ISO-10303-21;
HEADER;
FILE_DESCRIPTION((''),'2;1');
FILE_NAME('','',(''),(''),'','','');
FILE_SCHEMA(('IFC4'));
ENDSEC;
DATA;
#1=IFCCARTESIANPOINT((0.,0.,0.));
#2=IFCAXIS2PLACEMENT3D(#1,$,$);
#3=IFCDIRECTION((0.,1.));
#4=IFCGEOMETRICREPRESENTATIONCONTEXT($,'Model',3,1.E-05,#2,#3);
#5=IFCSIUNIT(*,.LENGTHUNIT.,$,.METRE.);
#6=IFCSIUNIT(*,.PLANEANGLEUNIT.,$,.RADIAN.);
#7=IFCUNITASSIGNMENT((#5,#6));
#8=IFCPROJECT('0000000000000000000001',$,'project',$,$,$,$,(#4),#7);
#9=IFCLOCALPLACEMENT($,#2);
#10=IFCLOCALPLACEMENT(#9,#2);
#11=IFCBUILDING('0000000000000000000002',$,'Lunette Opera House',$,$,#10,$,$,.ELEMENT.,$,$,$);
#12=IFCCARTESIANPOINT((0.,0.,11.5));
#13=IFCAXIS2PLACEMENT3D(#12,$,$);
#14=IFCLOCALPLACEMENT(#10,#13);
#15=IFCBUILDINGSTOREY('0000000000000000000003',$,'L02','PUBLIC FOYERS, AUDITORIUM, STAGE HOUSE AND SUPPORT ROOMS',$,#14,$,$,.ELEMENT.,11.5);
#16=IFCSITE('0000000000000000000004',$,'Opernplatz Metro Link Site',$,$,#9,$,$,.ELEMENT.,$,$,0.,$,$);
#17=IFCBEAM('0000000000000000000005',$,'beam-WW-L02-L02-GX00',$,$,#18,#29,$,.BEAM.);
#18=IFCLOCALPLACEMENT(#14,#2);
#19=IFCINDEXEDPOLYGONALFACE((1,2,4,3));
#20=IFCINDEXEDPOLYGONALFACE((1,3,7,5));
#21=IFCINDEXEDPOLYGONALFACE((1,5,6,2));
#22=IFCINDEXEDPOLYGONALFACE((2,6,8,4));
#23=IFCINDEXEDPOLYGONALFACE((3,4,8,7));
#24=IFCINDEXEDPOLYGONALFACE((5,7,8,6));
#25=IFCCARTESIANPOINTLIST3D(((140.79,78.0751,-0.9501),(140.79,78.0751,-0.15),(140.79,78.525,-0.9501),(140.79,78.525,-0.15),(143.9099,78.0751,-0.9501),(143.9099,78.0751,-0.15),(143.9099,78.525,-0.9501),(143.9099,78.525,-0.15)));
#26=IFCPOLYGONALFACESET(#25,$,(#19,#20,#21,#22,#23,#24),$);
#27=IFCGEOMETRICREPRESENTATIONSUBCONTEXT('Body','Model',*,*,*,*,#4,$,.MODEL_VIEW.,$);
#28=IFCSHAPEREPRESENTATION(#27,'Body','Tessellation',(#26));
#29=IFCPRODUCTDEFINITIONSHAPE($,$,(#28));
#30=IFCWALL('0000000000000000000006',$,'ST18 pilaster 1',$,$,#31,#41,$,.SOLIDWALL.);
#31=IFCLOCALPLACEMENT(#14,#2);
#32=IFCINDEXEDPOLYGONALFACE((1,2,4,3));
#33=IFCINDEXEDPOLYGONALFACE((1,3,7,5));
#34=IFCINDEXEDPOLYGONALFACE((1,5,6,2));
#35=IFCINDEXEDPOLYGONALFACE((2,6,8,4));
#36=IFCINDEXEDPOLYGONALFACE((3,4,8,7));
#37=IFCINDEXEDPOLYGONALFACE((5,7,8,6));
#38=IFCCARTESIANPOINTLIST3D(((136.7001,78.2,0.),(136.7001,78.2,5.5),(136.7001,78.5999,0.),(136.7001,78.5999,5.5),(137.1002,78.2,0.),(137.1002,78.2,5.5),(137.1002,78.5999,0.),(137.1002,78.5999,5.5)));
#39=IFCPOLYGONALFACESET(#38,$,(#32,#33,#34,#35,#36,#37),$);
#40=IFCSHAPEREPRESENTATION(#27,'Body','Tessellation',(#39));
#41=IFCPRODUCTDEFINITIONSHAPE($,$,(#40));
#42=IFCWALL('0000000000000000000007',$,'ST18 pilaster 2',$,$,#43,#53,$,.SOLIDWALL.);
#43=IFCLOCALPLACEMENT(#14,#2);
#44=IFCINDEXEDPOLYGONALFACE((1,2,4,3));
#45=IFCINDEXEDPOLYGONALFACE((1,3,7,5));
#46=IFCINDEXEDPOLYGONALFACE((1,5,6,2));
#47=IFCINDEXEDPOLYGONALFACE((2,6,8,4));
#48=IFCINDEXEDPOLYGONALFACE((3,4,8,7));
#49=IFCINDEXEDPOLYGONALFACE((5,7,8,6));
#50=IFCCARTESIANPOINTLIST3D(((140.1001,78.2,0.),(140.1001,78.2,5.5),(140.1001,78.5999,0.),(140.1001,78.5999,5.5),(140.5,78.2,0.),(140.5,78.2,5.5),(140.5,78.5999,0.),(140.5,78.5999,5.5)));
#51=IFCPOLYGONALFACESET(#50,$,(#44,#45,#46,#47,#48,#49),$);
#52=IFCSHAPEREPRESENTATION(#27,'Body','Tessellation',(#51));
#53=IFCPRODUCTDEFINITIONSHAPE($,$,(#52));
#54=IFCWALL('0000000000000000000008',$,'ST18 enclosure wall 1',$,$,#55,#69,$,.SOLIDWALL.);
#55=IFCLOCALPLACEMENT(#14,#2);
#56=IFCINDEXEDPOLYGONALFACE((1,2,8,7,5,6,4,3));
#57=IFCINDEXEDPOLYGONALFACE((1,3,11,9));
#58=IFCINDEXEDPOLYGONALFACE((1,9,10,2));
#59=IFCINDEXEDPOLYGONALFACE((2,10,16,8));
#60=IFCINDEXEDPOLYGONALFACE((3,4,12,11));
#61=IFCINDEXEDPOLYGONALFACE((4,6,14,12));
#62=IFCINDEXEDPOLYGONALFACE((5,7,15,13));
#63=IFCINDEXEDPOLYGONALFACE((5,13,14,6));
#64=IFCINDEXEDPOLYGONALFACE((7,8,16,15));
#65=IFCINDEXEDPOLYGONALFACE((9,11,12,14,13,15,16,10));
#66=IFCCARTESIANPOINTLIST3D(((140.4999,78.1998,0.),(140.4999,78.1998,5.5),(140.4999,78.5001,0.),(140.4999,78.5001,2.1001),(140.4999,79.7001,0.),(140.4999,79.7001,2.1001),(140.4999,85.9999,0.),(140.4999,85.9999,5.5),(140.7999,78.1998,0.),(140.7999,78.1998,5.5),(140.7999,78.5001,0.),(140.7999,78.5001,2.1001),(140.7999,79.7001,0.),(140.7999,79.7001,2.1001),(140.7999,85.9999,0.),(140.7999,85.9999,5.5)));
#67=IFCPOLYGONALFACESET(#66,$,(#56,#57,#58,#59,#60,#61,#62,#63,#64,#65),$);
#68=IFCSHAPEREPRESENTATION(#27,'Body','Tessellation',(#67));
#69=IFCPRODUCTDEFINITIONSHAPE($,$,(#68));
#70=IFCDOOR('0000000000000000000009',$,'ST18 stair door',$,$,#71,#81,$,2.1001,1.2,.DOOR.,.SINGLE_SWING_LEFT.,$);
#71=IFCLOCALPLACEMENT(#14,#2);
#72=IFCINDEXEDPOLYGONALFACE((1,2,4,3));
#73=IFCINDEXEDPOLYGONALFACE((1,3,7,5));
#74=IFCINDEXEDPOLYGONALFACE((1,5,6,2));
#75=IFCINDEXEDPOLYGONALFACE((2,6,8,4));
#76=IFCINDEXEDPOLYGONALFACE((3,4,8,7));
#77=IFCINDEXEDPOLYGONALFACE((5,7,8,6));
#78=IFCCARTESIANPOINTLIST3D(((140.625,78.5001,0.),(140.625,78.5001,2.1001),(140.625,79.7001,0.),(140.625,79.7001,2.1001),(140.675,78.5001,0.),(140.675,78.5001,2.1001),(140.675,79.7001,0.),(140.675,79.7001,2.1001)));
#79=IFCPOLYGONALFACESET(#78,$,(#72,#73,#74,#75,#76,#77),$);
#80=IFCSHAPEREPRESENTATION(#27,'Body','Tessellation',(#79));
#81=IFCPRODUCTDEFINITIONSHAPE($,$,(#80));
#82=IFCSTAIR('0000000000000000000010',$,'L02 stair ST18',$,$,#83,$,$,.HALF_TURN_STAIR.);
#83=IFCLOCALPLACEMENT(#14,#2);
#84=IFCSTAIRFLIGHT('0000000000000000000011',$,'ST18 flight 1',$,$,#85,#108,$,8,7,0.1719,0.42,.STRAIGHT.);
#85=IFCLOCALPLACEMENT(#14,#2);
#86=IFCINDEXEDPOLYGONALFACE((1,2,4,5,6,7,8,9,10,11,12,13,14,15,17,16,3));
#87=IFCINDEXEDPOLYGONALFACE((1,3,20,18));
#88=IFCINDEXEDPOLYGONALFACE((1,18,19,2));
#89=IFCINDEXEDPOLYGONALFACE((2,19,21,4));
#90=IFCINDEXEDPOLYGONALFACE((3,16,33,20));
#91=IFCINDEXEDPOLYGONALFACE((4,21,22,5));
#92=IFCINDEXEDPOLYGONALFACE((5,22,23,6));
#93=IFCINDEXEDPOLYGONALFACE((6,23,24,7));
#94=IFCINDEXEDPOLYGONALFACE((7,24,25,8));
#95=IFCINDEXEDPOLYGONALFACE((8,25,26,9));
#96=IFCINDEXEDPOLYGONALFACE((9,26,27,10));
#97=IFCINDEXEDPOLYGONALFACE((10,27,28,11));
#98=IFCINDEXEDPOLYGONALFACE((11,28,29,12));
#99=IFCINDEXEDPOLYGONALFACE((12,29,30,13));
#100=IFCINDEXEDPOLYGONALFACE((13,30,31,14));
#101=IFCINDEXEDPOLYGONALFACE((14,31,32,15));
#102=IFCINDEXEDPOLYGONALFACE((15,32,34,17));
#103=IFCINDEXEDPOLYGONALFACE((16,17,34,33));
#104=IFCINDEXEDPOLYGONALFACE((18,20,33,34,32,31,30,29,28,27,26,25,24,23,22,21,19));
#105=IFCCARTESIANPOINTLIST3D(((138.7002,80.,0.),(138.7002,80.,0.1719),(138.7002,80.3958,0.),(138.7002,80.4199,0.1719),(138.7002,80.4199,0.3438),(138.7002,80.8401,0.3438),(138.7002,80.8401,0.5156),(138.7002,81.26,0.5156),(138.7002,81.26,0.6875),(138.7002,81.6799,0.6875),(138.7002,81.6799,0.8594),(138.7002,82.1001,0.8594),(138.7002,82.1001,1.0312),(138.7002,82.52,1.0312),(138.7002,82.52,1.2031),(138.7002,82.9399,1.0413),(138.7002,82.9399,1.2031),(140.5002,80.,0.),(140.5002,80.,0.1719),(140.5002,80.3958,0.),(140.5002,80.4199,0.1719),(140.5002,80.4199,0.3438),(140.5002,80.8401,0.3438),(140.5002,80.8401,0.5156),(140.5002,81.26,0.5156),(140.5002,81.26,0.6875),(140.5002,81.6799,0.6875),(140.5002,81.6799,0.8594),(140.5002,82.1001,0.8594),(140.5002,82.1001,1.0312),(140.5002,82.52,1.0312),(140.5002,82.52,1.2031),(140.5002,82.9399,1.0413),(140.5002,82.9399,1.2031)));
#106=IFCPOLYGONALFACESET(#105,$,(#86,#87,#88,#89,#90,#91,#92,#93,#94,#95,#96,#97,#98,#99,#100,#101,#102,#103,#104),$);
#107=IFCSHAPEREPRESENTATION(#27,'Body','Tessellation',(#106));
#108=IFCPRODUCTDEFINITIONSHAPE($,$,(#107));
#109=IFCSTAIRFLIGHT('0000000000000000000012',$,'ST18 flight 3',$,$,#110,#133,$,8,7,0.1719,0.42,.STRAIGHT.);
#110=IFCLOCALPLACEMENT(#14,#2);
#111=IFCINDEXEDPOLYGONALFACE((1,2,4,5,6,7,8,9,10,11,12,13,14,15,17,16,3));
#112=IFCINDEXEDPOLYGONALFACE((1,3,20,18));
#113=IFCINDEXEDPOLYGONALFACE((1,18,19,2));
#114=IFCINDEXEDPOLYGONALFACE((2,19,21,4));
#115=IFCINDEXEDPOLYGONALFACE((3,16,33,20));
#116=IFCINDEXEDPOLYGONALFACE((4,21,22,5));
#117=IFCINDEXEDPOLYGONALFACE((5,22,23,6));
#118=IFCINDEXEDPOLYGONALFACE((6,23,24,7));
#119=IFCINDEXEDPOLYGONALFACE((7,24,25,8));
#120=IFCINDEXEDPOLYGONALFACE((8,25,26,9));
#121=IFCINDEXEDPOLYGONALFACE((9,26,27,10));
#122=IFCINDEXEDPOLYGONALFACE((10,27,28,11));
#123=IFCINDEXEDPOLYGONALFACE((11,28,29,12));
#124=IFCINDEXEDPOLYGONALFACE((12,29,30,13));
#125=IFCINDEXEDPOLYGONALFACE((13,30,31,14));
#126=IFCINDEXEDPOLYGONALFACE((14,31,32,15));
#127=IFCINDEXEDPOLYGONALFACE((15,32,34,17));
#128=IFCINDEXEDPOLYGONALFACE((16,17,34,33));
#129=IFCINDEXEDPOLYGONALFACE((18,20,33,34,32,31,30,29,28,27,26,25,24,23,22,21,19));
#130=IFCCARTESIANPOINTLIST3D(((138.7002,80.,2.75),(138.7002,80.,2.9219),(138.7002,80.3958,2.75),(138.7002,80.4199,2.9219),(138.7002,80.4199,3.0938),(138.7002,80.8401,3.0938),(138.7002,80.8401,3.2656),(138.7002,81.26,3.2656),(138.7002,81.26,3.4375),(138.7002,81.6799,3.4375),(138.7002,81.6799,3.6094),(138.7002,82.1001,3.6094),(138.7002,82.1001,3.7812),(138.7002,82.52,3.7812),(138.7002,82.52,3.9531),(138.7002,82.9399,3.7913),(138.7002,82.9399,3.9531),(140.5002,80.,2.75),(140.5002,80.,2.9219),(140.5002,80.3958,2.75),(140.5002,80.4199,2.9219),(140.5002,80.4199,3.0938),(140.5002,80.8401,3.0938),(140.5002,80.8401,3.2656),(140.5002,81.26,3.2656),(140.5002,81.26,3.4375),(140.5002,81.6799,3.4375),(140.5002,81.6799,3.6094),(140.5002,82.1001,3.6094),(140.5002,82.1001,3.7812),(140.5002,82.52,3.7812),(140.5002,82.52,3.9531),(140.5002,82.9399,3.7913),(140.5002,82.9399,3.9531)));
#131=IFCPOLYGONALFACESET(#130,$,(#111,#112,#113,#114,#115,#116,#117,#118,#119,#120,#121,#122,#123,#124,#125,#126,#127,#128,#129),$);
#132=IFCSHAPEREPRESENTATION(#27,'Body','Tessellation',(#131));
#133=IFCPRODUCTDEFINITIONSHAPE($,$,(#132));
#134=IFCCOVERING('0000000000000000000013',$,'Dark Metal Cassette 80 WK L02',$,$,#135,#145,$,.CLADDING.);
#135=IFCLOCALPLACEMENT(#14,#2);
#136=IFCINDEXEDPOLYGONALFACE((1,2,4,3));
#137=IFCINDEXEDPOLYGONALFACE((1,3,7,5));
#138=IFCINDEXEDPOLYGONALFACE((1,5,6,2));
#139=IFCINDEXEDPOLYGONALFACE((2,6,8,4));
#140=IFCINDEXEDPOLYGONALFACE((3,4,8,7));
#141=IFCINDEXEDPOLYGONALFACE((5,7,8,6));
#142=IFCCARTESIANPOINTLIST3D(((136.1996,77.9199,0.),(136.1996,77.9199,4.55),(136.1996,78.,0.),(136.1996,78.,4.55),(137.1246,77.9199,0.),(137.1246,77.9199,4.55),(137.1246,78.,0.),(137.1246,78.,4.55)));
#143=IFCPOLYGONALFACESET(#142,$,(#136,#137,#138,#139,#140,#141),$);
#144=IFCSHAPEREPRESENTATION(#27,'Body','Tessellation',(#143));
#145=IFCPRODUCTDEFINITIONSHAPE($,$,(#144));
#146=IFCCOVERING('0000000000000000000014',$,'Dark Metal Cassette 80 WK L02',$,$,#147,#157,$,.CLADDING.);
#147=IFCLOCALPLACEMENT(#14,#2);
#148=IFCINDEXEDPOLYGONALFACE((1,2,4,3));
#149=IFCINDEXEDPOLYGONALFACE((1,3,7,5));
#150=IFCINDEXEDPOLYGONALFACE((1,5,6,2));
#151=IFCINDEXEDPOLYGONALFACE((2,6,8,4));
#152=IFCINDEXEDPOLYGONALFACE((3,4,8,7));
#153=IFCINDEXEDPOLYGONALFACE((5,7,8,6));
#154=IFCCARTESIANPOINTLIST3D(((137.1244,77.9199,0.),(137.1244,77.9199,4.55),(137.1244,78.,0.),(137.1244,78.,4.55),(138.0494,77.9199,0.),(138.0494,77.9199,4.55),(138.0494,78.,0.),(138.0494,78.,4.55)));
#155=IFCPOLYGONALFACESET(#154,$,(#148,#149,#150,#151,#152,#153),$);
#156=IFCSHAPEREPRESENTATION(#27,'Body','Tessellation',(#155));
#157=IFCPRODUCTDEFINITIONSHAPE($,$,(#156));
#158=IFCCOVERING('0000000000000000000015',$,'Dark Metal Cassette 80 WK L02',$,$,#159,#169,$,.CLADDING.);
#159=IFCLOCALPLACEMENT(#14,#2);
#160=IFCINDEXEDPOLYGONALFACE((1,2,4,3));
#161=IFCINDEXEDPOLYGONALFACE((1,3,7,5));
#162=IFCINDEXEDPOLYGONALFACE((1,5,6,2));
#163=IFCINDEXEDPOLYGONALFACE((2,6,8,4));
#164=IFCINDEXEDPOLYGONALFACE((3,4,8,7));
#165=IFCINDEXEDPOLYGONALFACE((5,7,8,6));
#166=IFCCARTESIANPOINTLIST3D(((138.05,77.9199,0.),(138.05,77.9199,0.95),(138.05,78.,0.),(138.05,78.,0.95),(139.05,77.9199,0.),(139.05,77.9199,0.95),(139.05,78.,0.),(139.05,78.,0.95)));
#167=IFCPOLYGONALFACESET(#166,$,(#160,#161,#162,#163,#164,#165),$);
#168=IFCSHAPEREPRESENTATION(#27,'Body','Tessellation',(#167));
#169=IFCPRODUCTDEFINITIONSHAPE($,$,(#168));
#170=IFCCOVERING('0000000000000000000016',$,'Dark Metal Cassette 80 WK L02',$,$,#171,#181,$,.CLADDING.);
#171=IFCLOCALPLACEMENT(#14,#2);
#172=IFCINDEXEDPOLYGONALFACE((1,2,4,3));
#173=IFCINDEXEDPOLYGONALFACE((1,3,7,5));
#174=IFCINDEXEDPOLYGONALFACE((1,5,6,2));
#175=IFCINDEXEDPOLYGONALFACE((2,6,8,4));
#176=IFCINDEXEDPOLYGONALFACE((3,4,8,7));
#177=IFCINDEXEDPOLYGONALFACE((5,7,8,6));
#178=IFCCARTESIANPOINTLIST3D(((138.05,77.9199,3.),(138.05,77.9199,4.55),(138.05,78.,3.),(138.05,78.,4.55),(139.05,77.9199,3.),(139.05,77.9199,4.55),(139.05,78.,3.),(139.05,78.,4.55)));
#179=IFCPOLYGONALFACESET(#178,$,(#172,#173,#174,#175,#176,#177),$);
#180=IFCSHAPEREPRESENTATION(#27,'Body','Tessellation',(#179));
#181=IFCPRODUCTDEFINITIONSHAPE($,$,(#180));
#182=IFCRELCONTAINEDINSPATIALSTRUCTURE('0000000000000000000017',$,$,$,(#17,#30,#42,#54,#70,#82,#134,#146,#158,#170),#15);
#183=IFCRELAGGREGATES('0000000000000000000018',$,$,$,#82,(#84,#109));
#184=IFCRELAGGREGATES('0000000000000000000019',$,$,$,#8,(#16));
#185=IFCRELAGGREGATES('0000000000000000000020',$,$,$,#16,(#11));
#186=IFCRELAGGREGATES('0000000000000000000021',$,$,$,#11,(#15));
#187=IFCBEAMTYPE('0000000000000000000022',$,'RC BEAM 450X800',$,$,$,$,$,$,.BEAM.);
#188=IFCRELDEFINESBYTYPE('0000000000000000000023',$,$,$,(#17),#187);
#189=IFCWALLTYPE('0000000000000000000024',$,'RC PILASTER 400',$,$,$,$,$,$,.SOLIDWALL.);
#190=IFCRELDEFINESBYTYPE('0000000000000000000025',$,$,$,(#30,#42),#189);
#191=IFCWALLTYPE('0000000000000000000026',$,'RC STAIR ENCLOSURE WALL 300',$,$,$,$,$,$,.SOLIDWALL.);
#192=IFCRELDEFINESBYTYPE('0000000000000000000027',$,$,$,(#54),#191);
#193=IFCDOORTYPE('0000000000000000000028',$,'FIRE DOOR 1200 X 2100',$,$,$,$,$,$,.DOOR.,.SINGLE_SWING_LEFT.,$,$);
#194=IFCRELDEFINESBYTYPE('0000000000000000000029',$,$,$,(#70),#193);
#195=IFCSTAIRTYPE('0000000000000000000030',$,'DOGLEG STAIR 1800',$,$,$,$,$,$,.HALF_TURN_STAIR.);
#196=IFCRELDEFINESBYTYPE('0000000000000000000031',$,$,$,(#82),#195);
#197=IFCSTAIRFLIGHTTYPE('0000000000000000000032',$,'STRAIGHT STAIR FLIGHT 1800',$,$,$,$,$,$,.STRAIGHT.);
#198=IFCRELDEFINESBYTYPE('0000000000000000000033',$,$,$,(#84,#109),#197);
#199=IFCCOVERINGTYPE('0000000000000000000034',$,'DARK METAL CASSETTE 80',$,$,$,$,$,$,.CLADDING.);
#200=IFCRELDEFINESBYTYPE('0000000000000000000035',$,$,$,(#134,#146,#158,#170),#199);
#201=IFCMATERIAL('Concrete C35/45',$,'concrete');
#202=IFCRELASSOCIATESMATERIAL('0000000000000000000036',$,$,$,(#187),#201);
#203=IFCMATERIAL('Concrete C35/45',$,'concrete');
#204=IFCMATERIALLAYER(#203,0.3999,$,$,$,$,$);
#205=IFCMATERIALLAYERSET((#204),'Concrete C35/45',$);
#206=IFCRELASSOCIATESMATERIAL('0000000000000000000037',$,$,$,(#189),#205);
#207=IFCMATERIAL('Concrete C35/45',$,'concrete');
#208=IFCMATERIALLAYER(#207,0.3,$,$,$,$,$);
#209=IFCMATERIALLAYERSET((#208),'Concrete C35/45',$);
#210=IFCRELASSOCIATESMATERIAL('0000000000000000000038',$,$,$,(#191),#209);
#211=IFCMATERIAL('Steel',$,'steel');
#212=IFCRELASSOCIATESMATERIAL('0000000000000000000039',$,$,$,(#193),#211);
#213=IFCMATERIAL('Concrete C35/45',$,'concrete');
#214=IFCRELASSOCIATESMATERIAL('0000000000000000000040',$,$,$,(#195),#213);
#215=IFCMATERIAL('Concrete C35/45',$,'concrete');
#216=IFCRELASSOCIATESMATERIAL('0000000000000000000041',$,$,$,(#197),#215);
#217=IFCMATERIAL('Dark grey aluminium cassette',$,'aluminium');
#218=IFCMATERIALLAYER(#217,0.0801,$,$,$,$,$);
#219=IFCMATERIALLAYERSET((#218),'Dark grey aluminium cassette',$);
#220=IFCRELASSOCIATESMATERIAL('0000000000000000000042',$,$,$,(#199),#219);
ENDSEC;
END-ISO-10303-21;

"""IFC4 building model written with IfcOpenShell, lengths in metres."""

from ifc_helpers import new_model, si_unit, direction, frame, frame_2d, origin, origin_2d, place, context, subcontext, project, spatial, polyline, rectangle, outline, extrude, material, layer, layer_set, material_profile, profile_set, type_object, element, fill, aggregate, save


model = new_model("IFC4")

# Units and contexts
model_context = context("Model", 3, precision=1e-05, world=origin(), true_north=direction((0.0, 1.0)))
body_context = subcontext(model_context, "Body", "Model", "MODEL_VIEW")
ifc_project = project(units=[si_unit("LENGTHUNIT", "METRE"), si_unit("PLANEANGLEUNIT", "RADIAN")], contexts=[model_context])

# Site, building, storey
site_placement = place(None, origin())
site = spatial("IfcSite", under=ifc_project, at=site_placement, Name="Opernplatz Metro Link Site", CompositionType="ELEMENT", RefElevation=0.0)
building_placement = place(site_placement, origin())
building = spatial("IfcBuilding", under=site, at=building_placement, Name="Lunette Opera House", CompositionType="ELEMENT")
storey_placement = place(building_placement, frame((0.0, 0.0, 11.5)))
storey = spatial("IfcBuildingStorey", under=building, at=storey_placement, Name="L02", Description="PUBLIC FOYERS, AUDITORIUM, STAGE HOUSE AND SUPPORT ROOMS", CompositionType="ELEMENT", Elevation=11.5)

# Beam
ifc_material_1 = material(Name="Concrete C35/45", Category="concrete")
ifc_material_profile = material_profile(ifc_material_1, rectangle(XDim=0.45, YDim=0.8, at=origin_2d()), Name="RC BEAM 450X800")
ifc_profile_set = profile_set([ifc_material_profile], Name="Concrete C35/45")
beam_type = type_object("IfcBeamType", Name="RC BEAM 450X800", PredefinedType="BEAM", material=ifc_profile_set)
beam_placement = place(storey_placement, frame((140.79, 78.3, -0.55), z_axis=(1.0, 0.0, 0.0), x_axis=(0.0, 1.0, 0.0)))
element("IfcBeam", 1, at=beam_placement, inside=storey, type_object=beam_type, Name="beam-WW-L02-L02-GX00", PredefinedType="BEAM", context=body_context, shape_type="SweptSolid", body=[
    extrude(rectangle(XDim=0.45, YDim=0.8, at=origin_2d()), origin(), (0.0, 0.0, 1.0), 3.1199),
])

# Walls
ifc_material_2 = material(Name="Concrete C35/45", Category="concrete")
ifc_layer_1 = layer(ifc_material_2, 0.3999)
ifc_layer_set_1 = layer_set([ifc_layer_1], Name="Concrete C35/45")
wall_type_1 = type_object("IfcWallType", Name="RC PILASTER 400", PredefinedType="SOLIDWALL", material=ifc_layer_set_1)
wall_1_placement = place(storey_placement, frame((136.7, 78.3999, 0.0), z_axis=(0.0, 0.0, 1.0), x_axis=(1.0, 0.0, 0.0)))
element("IfcWall", 2, at=wall_1_placement, inside=storey, type_object=wall_type_1, Name="ST18 pilaster 1", PredefinedType="SOLIDWALL", context=body_context, shape_type="SweptSolid", body=[
    extrude(rectangle(XDim=0.4001, YDim=0.3999, at=frame_2d((0.2002, 0.0))), origin(), (0.0, 0.0, 1.0), 5.5),
])
wall_2_placement = place(storey_placement, frame((140.1001, 78.3999, 0.0), z_axis=(0.0, 0.0, 1.0), x_axis=(1.0, 0.0, 0.0)))
element("IfcWall", 3, at=wall_2_placement, inside=storey, type_object=wall_type_1, Name="ST18 pilaster 2", PredefinedType="SOLIDWALL", context=body_context, shape_type="SweptSolid", body=[
    extrude(rectangle(XDim=0.3999, YDim=0.3999, at=frame_2d((0.2, 0.0))), origin(), (0.0, 0.0, 1.0), 5.5),
])

# Wall, opening, door
ifc_material_3 = material(Name="Concrete C35/45", Category="concrete")
ifc_layer_2 = layer(ifc_material_3, 0.3)
ifc_layer_set_2 = layer_set([ifc_layer_2], Name="Concrete C35/45")
wall_type_2 = type_object("IfcWallType", Name="RC STAIR ENCLOSURE WALL 300", PredefinedType="SOLIDWALL", material=ifc_layer_set_2)
wall_3_placement = place(storey_placement, frame((140.6499, 78.2, 0.0), z_axis=(0.0, 0.0, 1.0), x_axis=(0.0, 1.0, 0.0)))
wall_3 = element("IfcWall", 4, at=wall_3_placement, inside=storey, type_object=wall_type_2, Name="ST18 enclosure wall 1", PredefinedType="SOLIDWALL", context=body_context, shape_type="SweptSolid", body=[
    extrude(rectangle(XDim=7.8, YDim=0.3, at=frame_2d((3.8999, 0.0))), origin(), (0.0, 0.0, 1.0), 5.5),
])
opening_placement = place(wall_3_placement, frame((0.3, 0.0, 0.0)))
opening = element("IfcOpeningElement", 5, at=opening_placement, cuts=wall_3, PredefinedType="OPENING", context=body_context, shape_type="SweptSolid", body=[
    extrude(rectangle(XDim=1.2, YDim=2.1001, at=frame_2d((0.6001, 1.05))), frame((0.0, 0.1621, 0.0), z_axis=(0.0, -1.0, 0.0), x_axis=(1.0, 0.0, 0.0)), (0.0, 0.0, 1.0), 0.324),
])
ifc_material_4 = material(Name="Steel", Category="steel")
door_type = type_object("IfcDoorType", Name="FIRE DOOR 1200 X 2100", OperationType="SINGLE_SWING_LEFT", PredefinedType="DOOR", material=ifc_material_4)
door_placement = place(opening_placement, origin())
door = element("IfcDoor", 6, at=door_placement, inside=storey, type_object=door_type, Name="ST18 stair door", OperationType="SINGLE_SWING_LEFT", OverallHeight=2.1001, OverallWidth=1.2, PredefinedType="DOOR", context=body_context, shape_type="SweptSolid", body=[
    extrude(rectangle(XDim=1.2, YDim=2.1001, at=frame_2d((0.6001, 1.05))), frame((0.0, 0.0249, 0.0), z_axis=(0.0, -1.0, 0.0), x_axis=(1.0, 0.0, 0.0)), (0.0, 0.0, 1.0), 0.05),
])
fill(opening, door)

# Stair, stair flights
ifc_material_5 = material(Name="Concrete C35/45", Category="concrete")
stair_type = type_object("IfcStairType", Name="DOGLEG STAIR 1800", PredefinedType="HALF_TURN_STAIR", material=ifc_material_5)
stair_placement = place(storey_placement, origin())
stair = element("IfcStair", 7, at=stair_placement, inside=storey, type_object=stair_type, Name="L02 stair ST18", PredefinedType="HALF_TURN_STAIR")
ifc_material_6 = material(Name="Concrete C35/45", Category="concrete")
stair_flight_type = type_object("IfcStairFlightType", Name="STRAIGHT STAIR FLIGHT 1800", PredefinedType="STRAIGHT", material=ifc_material_6)
stair_flight_1_placement = place(storey_placement, frame((139.6001, 80.0, 0.0), z_axis=(0.0, 0.0, 1.0), x_axis=(0.0, 1.0, 0.0)))
stair_flight_1 = element("IfcStairFlight", 8, at=stair_flight_1_placement, type_object=stair_flight_type, Name="ST18 flight 1", NumberOfRisers=8, NumberOfTreads=7, PredefinedType="STRAIGHT", RiserHeight=0.1719, TreadLength=0.42, context=body_context, shape_type="SweptSolid", body=[
    extrude(outline(polyline([(0.0, 0.0), (0.0, 0.1719), (0.4199, 0.1719), (0.4199, 0.3438), (0.8401, 0.3438), (0.8401, 0.5156), (1.26, 0.5156), (1.26, 0.6875), (1.6799, 0.6875), (1.6799, 0.8594), (2.1001, 0.8594), (2.1001, 1.0312), (2.52, 1.0312), (2.52, 1.2031), (2.9399, 1.2031), (2.9399, 1.375), (2.9399, 1.0413), (0.3958, 0.0), (0.0, 0.0)])), frame((0.0, 0.8999, 0.0), z_axis=(0.0, -1.0, 0.0), x_axis=(1.0, 0.0, 0.0)), (0.0, 0.0, 1.0), 1.8),
])
stair_flight_2_placement = place(storey_placement, frame((139.6001, 80.0, 2.75), z_axis=(0.0, 0.0, 1.0), x_axis=(0.0, 1.0, 0.0)))
stair_flight_2 = element("IfcStairFlight", 9, at=stair_flight_2_placement, type_object=stair_flight_type, Name="ST18 flight 3", NumberOfRisers=8, NumberOfTreads=7, PredefinedType="STRAIGHT", RiserHeight=0.1719, TreadLength=0.42, context=body_context, shape_type="SweptSolid", body=[
    extrude(outline(polyline([(0.0, 0.0), (0.0, 0.1719), (0.4199, 0.1719), (0.4199, 0.3438), (0.8401, 0.3438), (0.8401, 0.5156), (1.26, 0.5156), (1.26, 0.6875), (1.6799, 0.6875), (1.6799, 0.8594), (2.1001, 0.8594), (2.1001, 1.0312), (2.52, 1.0312), (2.52, 1.2031), (2.9399, 1.2031), (2.9399, 1.375), (2.9399, 1.0413), (0.3958, 0.0), (0.0, 0.0)])), frame((0.0, 0.8999, 0.0), z_axis=(0.0, -1.0, 0.0), x_axis=(1.0, 0.0, 0.0)), (0.0, 0.0, 1.0), 1.8),
])
aggregate(stair, [stair_flight_1, stair_flight_2])

# Coverings
ifc_material_7 = material(Name="Dark grey aluminium cassette", Category="aluminium")
ifc_layer_3 = layer(ifc_material_7, 0.0801)
ifc_layer_set_3 = layer_set([ifc_layer_3], Name="Dark grey aluminium cassette")
covering_type = type_object("IfcCoveringType", Name="DARK METAL CASSETTE 80", PredefinedType="CLADDING", material=ifc_layer_set_3)
for number, where, z_axis, x_axis, name in (
    (10, (136.6621, 77.96, 0.0), (0.0, 0.0, 1.0), (1.0, 0.0, 0.0), "Dark Metal Cassette 80 WK L02"),
    (11, (137.5869, 77.96, 0.0), (0.0, 0.0, 1.0), (1.0, 0.0, 0.0), "Dark Metal Cassette 80 WK L02"),
):
    element("IfcCovering", number, at=place(storey_placement, frame(where, z_axis=z_axis, x_axis=x_axis)), inside=storey, type_object=covering_type, Name=name, PredefinedType="CLADDING", context=body_context, shape_type="SweptSolid", body=[
        extrude(rectangle(XDim=0.925, YDim=0.0801, at=origin_2d()), origin(), (0.0, 0.0, 1.0), 4.55),
    ])
covering_1_placement = place(storey_placement, frame((138.55, 77.96, 0.0), z_axis=(0.0, 0.0, 1.0), x_axis=(1.0, 0.0, 0.0)))
element("IfcCovering", 12, at=covering_1_placement, inside=storey, type_object=covering_type, Name="Dark Metal Cassette 80 WK L02", PredefinedType="CLADDING", context=body_context, shape_type="SweptSolid", body=[
    extrude(rectangle(XDim=1.0, YDim=0.0801, at=origin_2d()), origin(), (0.0, 0.0, 1.0), 0.95),
])
covering_2_placement = place(storey_placement, frame((138.55, 77.96, 3.0), z_axis=(0.0, 0.0, 1.0), x_axis=(1.0, 0.0, 0.0)))
element("IfcCovering", 13, at=covering_2_placement, inside=storey, type_object=covering_type, Name="Dark Metal Cassette 80 WK L02", PredefinedType="CLADDING", context=body_context, shape_type="SweptSolid", body=[
    extrude(rectangle(XDim=1.0, YDim=0.0801, at=origin_2d()), origin(), (0.0, 0.0, 1.0), 1.55),
])

save(model, "model.ifc")
